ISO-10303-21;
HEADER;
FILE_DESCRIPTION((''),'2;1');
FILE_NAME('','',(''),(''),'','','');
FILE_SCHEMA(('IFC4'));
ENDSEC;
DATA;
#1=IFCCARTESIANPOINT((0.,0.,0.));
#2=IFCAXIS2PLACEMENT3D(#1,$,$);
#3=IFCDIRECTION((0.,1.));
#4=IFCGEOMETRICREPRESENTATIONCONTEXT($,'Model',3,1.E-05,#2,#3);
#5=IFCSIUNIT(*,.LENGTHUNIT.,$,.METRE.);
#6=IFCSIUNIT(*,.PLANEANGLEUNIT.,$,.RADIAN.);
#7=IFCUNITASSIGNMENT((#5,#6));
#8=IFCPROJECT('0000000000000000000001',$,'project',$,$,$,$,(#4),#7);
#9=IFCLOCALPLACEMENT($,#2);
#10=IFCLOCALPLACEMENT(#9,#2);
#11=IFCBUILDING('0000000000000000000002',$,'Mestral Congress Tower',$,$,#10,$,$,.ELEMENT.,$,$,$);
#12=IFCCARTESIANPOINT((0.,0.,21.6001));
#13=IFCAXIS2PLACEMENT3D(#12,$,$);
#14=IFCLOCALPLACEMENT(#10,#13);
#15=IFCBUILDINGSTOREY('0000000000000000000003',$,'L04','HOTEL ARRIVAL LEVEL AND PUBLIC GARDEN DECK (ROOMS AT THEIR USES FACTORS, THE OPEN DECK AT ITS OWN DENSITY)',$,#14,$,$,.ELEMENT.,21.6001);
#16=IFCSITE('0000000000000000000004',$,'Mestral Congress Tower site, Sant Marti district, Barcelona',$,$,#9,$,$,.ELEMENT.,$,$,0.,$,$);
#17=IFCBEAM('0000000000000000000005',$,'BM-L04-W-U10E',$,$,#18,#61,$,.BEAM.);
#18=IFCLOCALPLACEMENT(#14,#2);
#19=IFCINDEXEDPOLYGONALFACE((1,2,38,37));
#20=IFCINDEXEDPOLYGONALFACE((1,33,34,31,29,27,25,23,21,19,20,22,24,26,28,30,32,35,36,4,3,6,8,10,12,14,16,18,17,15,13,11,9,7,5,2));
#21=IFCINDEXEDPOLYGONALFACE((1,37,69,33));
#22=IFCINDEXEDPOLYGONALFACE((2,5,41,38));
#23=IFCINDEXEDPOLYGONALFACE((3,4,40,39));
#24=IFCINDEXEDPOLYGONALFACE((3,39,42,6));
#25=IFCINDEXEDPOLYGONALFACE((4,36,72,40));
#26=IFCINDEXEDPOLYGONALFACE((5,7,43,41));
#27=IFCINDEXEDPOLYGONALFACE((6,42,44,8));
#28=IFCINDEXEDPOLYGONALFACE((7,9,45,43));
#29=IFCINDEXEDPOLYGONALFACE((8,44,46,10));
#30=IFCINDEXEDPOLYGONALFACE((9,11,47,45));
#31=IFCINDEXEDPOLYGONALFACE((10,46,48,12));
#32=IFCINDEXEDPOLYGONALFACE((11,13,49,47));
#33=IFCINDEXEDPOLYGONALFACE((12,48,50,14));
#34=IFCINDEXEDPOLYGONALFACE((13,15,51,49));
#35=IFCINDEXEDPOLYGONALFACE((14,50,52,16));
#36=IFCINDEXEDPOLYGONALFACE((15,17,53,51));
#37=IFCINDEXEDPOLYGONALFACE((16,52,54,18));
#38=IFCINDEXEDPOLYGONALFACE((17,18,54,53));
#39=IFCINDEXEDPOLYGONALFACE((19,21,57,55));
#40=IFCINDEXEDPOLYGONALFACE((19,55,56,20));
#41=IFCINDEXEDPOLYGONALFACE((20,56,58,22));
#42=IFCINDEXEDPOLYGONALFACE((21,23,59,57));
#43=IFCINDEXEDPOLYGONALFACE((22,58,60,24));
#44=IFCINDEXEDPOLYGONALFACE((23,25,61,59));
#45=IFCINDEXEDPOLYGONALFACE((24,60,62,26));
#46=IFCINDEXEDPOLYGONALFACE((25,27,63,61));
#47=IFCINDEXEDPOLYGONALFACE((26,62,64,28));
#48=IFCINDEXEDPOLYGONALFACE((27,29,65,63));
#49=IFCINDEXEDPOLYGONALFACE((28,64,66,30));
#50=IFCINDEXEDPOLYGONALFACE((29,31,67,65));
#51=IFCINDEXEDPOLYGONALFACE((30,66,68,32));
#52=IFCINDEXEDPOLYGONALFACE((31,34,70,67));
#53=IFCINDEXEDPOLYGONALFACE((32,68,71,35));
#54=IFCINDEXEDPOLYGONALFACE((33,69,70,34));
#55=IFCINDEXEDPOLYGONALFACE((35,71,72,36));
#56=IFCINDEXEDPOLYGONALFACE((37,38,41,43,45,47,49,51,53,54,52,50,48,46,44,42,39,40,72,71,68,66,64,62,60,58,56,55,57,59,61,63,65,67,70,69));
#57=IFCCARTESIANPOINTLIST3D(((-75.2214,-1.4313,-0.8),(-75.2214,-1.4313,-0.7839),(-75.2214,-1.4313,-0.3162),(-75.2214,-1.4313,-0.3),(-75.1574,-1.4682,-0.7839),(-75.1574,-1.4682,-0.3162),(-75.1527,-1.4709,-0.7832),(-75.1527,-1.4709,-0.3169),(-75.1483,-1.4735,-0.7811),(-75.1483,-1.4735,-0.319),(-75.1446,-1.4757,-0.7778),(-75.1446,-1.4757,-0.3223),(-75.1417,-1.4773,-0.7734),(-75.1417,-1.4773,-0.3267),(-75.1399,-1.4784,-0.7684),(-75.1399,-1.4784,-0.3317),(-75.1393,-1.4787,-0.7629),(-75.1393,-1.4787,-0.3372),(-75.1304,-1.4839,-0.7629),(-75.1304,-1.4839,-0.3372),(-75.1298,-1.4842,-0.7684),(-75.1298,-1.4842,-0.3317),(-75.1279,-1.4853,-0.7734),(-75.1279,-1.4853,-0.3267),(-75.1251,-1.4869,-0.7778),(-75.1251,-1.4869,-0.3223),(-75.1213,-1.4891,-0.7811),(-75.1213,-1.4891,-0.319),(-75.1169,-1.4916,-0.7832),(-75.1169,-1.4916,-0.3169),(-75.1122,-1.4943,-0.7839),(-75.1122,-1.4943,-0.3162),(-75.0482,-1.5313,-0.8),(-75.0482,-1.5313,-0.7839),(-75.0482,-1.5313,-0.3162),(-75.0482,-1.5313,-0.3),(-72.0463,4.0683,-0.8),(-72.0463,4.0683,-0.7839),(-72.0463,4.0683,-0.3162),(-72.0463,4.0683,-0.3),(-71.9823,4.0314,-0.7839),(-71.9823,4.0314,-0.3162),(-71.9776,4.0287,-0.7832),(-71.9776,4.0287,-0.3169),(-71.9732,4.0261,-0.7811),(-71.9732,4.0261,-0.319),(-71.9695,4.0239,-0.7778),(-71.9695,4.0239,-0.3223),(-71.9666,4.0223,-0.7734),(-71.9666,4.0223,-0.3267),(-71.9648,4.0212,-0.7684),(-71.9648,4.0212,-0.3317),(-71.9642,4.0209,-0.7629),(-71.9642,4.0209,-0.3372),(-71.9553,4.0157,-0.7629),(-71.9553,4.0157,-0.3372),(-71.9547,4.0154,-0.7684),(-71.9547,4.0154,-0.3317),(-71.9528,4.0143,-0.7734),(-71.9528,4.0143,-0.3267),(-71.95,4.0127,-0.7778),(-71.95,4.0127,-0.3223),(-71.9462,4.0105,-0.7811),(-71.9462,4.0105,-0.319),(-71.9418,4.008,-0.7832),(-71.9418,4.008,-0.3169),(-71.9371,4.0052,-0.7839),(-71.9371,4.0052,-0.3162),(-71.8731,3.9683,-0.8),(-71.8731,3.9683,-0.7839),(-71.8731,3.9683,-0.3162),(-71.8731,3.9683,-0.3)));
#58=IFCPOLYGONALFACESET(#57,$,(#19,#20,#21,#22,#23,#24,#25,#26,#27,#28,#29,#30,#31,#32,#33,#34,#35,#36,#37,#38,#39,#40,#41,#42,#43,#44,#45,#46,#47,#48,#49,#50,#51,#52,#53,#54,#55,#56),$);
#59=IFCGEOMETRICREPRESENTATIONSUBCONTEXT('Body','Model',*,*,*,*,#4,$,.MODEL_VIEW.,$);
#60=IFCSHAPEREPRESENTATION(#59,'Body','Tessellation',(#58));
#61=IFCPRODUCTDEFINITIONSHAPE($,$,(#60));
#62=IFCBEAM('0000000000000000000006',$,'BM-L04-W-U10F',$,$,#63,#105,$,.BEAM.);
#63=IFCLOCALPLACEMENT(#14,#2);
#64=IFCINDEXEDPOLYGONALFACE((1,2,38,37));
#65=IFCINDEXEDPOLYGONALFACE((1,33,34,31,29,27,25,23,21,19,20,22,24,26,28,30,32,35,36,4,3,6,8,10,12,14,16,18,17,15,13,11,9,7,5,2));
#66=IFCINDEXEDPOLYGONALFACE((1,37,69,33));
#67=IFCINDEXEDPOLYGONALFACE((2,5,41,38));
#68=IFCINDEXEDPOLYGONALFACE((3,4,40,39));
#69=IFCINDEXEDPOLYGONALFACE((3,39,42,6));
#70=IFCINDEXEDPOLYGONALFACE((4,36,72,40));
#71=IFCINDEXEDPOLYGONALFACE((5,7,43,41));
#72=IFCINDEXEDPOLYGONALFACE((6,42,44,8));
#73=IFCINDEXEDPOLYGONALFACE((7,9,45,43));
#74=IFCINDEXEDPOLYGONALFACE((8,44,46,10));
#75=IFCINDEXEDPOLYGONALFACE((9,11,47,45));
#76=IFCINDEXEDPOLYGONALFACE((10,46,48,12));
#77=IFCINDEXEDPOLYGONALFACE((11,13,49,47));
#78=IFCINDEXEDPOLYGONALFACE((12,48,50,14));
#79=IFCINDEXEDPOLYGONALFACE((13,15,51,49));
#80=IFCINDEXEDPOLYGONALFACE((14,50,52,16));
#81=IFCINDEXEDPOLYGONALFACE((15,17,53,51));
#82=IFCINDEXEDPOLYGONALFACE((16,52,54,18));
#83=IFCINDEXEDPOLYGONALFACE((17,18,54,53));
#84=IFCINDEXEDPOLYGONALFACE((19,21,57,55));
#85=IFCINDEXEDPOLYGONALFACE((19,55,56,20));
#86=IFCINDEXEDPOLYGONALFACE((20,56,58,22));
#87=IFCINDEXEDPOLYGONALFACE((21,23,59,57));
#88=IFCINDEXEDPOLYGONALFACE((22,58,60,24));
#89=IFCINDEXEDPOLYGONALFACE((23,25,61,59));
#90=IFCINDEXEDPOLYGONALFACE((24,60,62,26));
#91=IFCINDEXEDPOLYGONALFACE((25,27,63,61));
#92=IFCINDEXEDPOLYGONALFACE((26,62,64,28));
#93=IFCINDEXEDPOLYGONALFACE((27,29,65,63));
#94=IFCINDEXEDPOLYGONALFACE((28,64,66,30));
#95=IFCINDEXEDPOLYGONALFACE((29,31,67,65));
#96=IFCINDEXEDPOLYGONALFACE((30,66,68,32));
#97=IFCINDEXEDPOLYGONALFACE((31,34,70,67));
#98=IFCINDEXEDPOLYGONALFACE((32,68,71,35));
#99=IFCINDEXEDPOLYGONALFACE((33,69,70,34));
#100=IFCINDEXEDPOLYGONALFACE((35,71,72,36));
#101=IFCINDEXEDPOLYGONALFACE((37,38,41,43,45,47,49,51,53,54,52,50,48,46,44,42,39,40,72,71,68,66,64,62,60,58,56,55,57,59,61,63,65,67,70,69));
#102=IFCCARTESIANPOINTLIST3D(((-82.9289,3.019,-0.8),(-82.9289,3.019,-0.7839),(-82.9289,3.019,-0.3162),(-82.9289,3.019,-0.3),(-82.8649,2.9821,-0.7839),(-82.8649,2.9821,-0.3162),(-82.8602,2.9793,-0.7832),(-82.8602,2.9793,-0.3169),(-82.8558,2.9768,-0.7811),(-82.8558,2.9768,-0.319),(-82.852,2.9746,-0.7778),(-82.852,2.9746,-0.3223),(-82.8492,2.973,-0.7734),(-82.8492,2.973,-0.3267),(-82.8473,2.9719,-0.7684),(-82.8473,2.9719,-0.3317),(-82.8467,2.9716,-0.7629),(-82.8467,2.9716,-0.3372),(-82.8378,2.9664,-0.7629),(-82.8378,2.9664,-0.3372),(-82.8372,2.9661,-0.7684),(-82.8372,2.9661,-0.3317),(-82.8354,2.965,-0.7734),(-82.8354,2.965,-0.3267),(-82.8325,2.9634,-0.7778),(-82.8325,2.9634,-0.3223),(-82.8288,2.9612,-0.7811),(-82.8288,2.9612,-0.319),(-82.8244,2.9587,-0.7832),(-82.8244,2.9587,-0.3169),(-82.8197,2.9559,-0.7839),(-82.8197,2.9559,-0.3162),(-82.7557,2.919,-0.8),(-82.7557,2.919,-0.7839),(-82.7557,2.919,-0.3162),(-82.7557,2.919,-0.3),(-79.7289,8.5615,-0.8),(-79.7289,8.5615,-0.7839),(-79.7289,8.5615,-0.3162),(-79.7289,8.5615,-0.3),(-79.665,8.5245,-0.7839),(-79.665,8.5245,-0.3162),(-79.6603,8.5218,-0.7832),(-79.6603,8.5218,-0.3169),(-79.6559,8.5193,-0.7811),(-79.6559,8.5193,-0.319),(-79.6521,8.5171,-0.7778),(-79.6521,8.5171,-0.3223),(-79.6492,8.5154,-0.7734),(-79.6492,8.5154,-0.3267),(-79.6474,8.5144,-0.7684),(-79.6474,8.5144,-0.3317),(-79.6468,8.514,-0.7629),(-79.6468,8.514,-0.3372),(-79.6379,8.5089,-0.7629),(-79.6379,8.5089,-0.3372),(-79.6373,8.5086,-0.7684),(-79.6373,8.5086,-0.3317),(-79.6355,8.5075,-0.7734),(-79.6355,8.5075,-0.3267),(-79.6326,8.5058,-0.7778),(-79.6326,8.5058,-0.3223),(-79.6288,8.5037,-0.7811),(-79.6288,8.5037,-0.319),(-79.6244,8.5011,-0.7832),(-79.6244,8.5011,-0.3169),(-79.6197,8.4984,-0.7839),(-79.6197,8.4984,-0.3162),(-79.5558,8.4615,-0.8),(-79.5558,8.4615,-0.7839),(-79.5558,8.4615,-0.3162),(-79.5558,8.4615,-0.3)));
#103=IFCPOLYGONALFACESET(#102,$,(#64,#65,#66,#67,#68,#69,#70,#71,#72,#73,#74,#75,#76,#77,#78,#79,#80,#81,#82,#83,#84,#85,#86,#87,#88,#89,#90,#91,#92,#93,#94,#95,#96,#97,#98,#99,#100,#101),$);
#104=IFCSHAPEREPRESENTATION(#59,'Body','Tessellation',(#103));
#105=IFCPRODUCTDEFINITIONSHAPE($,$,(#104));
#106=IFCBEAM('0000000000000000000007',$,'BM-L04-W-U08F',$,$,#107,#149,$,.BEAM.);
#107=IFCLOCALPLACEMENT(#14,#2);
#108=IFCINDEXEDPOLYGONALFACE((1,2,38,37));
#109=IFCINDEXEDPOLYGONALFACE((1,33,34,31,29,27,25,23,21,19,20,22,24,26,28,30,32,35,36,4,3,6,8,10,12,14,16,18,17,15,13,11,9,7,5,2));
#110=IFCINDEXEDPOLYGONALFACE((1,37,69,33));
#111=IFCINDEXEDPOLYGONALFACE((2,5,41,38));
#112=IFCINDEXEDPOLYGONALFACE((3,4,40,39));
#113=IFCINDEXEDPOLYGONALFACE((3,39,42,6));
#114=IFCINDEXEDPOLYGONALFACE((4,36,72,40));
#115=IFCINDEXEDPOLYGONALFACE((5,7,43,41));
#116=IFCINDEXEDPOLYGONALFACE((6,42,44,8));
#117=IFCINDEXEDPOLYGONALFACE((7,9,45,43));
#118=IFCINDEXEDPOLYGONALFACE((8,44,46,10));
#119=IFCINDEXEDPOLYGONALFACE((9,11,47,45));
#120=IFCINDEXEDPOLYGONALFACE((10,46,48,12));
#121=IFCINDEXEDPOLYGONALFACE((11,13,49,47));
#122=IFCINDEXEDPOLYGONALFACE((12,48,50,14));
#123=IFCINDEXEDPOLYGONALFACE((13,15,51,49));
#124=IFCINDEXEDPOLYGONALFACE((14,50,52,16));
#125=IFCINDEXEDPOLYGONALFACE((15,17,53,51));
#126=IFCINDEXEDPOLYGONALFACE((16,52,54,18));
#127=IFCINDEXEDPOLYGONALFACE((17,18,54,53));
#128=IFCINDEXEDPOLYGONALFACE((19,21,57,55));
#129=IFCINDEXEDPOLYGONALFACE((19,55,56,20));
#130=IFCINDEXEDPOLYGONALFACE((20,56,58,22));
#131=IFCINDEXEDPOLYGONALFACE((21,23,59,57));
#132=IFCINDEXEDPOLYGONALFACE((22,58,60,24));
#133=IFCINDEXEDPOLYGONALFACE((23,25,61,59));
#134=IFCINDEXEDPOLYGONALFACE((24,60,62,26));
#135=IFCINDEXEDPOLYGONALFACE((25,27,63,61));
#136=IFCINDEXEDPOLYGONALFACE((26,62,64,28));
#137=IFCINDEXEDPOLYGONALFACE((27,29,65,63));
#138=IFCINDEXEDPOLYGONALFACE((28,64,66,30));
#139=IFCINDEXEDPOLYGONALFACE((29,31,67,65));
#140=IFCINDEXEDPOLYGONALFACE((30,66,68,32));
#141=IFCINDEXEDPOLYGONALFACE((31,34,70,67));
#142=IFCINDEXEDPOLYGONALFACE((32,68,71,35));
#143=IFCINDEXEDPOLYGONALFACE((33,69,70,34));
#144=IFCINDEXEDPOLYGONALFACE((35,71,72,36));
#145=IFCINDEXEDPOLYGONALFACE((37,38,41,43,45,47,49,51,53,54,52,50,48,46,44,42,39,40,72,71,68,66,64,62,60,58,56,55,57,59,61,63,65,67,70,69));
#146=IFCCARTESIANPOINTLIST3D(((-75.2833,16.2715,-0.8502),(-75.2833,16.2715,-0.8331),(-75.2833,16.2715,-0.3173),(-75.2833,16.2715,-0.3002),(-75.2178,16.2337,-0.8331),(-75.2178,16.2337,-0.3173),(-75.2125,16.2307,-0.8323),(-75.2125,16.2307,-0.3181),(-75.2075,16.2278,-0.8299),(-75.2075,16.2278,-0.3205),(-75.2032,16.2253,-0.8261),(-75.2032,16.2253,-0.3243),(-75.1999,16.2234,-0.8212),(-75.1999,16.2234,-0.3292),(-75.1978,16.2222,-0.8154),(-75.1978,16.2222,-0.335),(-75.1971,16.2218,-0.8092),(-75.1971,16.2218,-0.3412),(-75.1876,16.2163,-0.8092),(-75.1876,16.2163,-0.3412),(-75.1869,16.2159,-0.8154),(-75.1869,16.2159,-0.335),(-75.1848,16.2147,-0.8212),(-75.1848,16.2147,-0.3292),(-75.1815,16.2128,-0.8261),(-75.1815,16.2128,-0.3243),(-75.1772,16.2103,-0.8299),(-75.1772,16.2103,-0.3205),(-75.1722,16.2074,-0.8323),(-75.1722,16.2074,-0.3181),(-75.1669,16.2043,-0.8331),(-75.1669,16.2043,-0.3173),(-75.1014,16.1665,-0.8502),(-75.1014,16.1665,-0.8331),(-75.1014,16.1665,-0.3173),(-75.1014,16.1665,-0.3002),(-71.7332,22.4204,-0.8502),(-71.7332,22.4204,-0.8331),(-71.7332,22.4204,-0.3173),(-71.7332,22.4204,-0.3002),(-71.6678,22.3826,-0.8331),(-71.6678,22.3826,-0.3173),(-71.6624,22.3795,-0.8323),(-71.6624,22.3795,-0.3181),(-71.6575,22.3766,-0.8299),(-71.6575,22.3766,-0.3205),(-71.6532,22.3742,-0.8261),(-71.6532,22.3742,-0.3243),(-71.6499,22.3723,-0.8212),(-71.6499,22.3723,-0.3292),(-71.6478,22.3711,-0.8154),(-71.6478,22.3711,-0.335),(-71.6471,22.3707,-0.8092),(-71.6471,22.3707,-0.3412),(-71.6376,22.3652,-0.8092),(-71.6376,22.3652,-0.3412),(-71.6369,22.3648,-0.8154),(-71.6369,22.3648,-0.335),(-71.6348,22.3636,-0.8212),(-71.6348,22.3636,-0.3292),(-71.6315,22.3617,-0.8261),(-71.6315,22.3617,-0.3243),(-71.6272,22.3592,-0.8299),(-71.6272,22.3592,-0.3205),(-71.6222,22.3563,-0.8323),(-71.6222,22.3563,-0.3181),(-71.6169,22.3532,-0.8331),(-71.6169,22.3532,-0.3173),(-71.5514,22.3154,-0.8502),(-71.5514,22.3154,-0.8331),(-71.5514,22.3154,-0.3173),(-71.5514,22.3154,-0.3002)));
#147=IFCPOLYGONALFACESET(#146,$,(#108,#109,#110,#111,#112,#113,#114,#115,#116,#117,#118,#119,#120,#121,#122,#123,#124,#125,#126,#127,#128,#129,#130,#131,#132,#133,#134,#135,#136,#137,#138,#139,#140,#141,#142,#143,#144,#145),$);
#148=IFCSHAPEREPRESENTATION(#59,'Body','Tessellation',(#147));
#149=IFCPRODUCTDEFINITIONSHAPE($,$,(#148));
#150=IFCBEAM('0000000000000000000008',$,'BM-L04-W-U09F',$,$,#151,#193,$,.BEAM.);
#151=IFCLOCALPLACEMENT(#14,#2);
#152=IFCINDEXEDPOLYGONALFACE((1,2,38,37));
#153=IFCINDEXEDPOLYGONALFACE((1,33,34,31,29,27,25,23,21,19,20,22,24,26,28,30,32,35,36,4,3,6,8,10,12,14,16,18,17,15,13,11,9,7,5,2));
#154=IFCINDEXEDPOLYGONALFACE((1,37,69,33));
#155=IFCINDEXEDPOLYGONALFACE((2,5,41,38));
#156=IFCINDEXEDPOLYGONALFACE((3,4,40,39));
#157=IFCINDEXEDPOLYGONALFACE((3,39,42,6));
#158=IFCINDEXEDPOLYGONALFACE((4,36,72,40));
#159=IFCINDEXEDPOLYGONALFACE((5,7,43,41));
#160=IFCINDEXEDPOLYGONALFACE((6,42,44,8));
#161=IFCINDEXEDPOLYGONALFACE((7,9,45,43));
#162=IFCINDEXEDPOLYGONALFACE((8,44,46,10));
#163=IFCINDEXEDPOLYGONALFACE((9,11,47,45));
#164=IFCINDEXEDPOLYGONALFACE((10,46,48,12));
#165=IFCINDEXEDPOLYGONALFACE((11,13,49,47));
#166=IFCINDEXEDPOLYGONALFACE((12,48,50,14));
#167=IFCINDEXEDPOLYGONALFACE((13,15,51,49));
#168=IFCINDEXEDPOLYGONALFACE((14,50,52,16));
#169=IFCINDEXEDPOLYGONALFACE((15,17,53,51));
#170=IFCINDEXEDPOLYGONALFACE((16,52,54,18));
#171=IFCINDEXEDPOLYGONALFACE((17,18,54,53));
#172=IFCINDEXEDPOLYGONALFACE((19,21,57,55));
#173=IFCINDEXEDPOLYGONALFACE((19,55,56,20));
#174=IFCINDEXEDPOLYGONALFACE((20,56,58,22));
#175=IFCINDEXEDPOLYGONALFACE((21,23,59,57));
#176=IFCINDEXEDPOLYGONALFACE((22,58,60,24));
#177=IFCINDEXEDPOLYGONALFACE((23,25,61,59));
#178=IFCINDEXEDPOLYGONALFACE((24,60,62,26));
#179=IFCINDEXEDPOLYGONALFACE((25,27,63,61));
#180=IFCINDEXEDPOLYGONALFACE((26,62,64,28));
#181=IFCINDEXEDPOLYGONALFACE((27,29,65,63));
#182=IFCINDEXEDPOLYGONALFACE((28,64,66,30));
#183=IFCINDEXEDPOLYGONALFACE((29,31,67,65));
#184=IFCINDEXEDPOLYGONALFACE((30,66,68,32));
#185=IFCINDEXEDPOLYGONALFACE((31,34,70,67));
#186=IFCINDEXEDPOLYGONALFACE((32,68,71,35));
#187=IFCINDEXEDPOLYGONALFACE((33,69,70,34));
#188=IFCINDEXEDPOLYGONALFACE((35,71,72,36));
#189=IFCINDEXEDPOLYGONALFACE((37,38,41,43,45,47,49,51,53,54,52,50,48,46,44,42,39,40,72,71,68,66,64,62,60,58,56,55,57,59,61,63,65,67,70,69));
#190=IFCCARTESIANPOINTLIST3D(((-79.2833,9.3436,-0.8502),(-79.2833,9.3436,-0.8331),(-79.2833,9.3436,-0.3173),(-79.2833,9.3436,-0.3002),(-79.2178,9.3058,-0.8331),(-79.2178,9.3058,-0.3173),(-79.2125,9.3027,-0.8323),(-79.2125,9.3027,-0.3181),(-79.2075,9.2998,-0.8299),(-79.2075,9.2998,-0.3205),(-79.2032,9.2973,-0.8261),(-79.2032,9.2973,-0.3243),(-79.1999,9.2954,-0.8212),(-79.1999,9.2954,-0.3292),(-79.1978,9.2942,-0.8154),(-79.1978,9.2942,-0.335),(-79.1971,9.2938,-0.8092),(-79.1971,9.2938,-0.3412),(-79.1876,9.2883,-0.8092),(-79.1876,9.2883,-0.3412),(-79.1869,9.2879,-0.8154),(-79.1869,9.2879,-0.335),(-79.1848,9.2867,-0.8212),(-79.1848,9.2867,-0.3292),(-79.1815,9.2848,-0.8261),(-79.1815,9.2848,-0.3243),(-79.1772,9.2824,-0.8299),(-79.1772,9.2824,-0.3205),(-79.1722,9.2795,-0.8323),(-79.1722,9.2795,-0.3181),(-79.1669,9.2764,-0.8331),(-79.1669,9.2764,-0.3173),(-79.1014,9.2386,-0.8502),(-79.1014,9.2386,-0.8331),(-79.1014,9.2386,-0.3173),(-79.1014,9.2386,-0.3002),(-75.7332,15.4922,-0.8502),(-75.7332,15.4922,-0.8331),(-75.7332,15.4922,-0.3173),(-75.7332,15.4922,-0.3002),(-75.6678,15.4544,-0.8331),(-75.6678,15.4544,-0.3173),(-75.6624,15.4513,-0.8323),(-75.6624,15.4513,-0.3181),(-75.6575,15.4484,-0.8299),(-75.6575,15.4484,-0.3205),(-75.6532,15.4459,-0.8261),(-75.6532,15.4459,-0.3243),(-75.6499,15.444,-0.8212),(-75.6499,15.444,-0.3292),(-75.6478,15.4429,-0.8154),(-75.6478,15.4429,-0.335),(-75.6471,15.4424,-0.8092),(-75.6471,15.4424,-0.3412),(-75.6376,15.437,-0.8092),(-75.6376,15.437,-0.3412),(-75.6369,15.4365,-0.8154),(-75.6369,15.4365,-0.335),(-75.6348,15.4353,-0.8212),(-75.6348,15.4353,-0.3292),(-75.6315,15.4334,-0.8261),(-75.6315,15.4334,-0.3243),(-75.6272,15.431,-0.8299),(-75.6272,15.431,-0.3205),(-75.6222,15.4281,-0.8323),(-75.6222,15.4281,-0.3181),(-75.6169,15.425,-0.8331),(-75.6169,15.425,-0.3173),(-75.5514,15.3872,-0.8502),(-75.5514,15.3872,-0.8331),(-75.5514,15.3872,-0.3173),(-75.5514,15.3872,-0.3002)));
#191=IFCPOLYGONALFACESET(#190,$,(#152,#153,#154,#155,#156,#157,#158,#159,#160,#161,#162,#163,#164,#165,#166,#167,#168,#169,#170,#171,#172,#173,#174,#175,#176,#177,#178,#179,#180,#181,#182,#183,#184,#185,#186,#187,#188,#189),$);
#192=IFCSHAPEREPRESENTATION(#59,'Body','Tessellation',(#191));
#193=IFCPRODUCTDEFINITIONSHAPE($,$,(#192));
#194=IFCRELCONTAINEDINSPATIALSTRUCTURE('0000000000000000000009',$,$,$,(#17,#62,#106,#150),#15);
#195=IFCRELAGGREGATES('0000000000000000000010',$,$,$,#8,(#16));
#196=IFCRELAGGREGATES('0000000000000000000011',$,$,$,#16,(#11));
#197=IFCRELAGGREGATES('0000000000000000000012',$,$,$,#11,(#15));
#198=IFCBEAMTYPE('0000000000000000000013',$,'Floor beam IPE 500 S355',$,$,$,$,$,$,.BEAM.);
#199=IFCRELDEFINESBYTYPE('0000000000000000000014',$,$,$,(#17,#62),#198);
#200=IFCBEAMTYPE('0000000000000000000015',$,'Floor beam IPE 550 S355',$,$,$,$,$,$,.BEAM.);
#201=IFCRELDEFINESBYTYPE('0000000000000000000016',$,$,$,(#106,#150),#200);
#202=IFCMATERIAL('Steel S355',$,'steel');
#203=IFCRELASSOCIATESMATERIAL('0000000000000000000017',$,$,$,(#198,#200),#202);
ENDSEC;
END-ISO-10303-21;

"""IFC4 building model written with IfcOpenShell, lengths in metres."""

from ifc_helpers import new_model, si_unit, direction, frame, origin, origin_2d, place, context, subcontext, project, spatial, i_section, extrude, material, material_profile, profile_set, type_object, element, save


model = new_model("IFC4")

# Units and contexts
model_context = context("Model", 3, precision=1e-05, world=origin(), true_north=direction((0.0, 1.0)))
body_context = subcontext(model_context, "Body", "Model", "MODEL_VIEW")
ifc_project = project(units=[si_unit("LENGTHUNIT", "METRE"), si_unit("PLANEANGLEUNIT", "RADIAN")], contexts=[model_context])

# Site, building, storey
site_placement = place(None, origin())
site = spatial("IfcSite", under=ifc_project, at=site_placement, Name="Mestral Congress Tower site, Sant Marti district, Barcelona", CompositionType="ELEMENT", RefElevation=0.0)
building_placement = place(site_placement, origin())
building = spatial("IfcBuilding", under=site, at=building_placement, Name="Mestral Congress Tower", CompositionType="ELEMENT")
storey_placement = place(building_placement, frame((0.0, 0.0, 21.6001)))
storey = spatial("IfcBuildingStorey", under=building, at=storey_placement, Name="L04", Description="HOTEL ARRIVAL LEVEL AND PUBLIC GARDEN DECK (ROOMS AT THEIR USES FACTORS, THE OPEN DECK AT ITS OWN DENSITY)", CompositionType="ELEMENT", Elevation=21.6001)

# Beams
ifc_material_1 = material(Name="Steel S355", Category="steel")
ifc_material_profile_1 = material_profile(ifc_material_1, i_section(OverallWidth=0.2, OverallDepth=0.5, WebThickness=0.0103, FlangeThickness=0.0161, FilletRadius=0.021, at=origin_2d()), Name="IPE 500")
ifc_profile_set_1 = profile_set([ifc_material_profile_1], Name="Steel S355")
beam_type_1 = type_object("IfcBeamType", Name="Floor beam IPE 500 S355", PredefinedType="BEAM", material=ifc_profile_set_1)
beam_1_placement = place(storey_placement, frame((-71.9597, 4.0183, -0.55), z_axis=(-0.499989, -0.866032, 0.0), x_axis=(0.866032, -0.499989, 0.0)))
element("IfcBeam", 1, at=beam_1_placement, inside=storey, type_object=beam_type_1, Name="BM-L04-W-U10E", PredefinedType="BEAM", context=body_context, shape_type="SweptSolid", body=[
    extrude(i_section(OverallWidth=0.2, OverallDepth=0.5, WebThickness=0.0103, FlangeThickness=0.0161, FilletRadius=0.021, at=origin_2d()), origin(), (0.0, 0.0, 1.0), 6.3503),
])
beam_2_placement = place(storey_placement, frame((-79.6423, 8.5115, -0.55), z_axis=(-0.5, -0.866025, 0.0), x_axis=(0.866025, -0.5, 0.0)))
element("IfcBeam", 2, at=beam_2_placement, inside=storey, type_object=beam_type_1, Name="BM-L04-W-U10F", PredefinedType="BEAM", context=body_context, shape_type="SweptSolid", body=[
    extrude(i_section(OverallWidth=0.2, OverallDepth=0.5, WebThickness=0.0103, FlangeThickness=0.0161, FilletRadius=0.021, at=origin_2d()), origin(), (0.0, 0.0, 1.0), 6.3999),
])
ifc_material_profile_2 = material_profile(ifc_material_1, i_section(OverallWidth=0.21, OverallDepth=0.55, WebThickness=0.011, FlangeThickness=0.0171, FilletRadius=0.0239, at=origin_2d()), Name="IPE 550")
ifc_profile_set_2 = profile_set([ifc_material_profile_2], Name="Steel S355")
beam_type_2 = type_object("IfcBeamType", Name="Floor beam IPE 550 S355", PredefinedType="BEAM", material=ifc_profile_set_2)
beam_3_placement = place(storey_placement, frame((-71.6423, 22.3679, -0.5752), z_axis=(-0.499996, -0.866028, 0.0), x_axis=(0.866028, -0.499996, 0.0)))
element("IfcBeam", 3, at=beam_3_placement, inside=storey, type_object=beam_type_2, Name="BM-L04-W-U08F", PredefinedType="BEAM", context=body_context, shape_type="SweptSolid", body=[
    extrude(i_section(OverallWidth=0.21, OverallDepth=0.55, WebThickness=0.011, FlangeThickness=0.0171, FilletRadius=0.0239, at=origin_2d()), origin(), (0.0, 0.0, 1.0), 7.1001),
])
beam_4_placement = place(storey_placement, frame((-75.6423, 15.4397, -0.5752), z_axis=(-0.500011, -0.866019, 0.0), x_axis=(0.866019, -0.500011, 0.0)))
element("IfcBeam", 4, at=beam_4_placement, inside=storey, type_object=beam_type_2, Name="BM-L04-W-U09F", PredefinedType="BEAM", context=body_context, shape_type="SweptSolid", body=[
    extrude(i_section(OverallWidth=0.21, OverallDepth=0.55, WebThickness=0.011, FlangeThickness=0.0171, FilletRadius=0.0239, at=origin_2d()), origin(), (0.0, 0.0, 1.0), 7.0999),
])

save(model, "model.ifc")
